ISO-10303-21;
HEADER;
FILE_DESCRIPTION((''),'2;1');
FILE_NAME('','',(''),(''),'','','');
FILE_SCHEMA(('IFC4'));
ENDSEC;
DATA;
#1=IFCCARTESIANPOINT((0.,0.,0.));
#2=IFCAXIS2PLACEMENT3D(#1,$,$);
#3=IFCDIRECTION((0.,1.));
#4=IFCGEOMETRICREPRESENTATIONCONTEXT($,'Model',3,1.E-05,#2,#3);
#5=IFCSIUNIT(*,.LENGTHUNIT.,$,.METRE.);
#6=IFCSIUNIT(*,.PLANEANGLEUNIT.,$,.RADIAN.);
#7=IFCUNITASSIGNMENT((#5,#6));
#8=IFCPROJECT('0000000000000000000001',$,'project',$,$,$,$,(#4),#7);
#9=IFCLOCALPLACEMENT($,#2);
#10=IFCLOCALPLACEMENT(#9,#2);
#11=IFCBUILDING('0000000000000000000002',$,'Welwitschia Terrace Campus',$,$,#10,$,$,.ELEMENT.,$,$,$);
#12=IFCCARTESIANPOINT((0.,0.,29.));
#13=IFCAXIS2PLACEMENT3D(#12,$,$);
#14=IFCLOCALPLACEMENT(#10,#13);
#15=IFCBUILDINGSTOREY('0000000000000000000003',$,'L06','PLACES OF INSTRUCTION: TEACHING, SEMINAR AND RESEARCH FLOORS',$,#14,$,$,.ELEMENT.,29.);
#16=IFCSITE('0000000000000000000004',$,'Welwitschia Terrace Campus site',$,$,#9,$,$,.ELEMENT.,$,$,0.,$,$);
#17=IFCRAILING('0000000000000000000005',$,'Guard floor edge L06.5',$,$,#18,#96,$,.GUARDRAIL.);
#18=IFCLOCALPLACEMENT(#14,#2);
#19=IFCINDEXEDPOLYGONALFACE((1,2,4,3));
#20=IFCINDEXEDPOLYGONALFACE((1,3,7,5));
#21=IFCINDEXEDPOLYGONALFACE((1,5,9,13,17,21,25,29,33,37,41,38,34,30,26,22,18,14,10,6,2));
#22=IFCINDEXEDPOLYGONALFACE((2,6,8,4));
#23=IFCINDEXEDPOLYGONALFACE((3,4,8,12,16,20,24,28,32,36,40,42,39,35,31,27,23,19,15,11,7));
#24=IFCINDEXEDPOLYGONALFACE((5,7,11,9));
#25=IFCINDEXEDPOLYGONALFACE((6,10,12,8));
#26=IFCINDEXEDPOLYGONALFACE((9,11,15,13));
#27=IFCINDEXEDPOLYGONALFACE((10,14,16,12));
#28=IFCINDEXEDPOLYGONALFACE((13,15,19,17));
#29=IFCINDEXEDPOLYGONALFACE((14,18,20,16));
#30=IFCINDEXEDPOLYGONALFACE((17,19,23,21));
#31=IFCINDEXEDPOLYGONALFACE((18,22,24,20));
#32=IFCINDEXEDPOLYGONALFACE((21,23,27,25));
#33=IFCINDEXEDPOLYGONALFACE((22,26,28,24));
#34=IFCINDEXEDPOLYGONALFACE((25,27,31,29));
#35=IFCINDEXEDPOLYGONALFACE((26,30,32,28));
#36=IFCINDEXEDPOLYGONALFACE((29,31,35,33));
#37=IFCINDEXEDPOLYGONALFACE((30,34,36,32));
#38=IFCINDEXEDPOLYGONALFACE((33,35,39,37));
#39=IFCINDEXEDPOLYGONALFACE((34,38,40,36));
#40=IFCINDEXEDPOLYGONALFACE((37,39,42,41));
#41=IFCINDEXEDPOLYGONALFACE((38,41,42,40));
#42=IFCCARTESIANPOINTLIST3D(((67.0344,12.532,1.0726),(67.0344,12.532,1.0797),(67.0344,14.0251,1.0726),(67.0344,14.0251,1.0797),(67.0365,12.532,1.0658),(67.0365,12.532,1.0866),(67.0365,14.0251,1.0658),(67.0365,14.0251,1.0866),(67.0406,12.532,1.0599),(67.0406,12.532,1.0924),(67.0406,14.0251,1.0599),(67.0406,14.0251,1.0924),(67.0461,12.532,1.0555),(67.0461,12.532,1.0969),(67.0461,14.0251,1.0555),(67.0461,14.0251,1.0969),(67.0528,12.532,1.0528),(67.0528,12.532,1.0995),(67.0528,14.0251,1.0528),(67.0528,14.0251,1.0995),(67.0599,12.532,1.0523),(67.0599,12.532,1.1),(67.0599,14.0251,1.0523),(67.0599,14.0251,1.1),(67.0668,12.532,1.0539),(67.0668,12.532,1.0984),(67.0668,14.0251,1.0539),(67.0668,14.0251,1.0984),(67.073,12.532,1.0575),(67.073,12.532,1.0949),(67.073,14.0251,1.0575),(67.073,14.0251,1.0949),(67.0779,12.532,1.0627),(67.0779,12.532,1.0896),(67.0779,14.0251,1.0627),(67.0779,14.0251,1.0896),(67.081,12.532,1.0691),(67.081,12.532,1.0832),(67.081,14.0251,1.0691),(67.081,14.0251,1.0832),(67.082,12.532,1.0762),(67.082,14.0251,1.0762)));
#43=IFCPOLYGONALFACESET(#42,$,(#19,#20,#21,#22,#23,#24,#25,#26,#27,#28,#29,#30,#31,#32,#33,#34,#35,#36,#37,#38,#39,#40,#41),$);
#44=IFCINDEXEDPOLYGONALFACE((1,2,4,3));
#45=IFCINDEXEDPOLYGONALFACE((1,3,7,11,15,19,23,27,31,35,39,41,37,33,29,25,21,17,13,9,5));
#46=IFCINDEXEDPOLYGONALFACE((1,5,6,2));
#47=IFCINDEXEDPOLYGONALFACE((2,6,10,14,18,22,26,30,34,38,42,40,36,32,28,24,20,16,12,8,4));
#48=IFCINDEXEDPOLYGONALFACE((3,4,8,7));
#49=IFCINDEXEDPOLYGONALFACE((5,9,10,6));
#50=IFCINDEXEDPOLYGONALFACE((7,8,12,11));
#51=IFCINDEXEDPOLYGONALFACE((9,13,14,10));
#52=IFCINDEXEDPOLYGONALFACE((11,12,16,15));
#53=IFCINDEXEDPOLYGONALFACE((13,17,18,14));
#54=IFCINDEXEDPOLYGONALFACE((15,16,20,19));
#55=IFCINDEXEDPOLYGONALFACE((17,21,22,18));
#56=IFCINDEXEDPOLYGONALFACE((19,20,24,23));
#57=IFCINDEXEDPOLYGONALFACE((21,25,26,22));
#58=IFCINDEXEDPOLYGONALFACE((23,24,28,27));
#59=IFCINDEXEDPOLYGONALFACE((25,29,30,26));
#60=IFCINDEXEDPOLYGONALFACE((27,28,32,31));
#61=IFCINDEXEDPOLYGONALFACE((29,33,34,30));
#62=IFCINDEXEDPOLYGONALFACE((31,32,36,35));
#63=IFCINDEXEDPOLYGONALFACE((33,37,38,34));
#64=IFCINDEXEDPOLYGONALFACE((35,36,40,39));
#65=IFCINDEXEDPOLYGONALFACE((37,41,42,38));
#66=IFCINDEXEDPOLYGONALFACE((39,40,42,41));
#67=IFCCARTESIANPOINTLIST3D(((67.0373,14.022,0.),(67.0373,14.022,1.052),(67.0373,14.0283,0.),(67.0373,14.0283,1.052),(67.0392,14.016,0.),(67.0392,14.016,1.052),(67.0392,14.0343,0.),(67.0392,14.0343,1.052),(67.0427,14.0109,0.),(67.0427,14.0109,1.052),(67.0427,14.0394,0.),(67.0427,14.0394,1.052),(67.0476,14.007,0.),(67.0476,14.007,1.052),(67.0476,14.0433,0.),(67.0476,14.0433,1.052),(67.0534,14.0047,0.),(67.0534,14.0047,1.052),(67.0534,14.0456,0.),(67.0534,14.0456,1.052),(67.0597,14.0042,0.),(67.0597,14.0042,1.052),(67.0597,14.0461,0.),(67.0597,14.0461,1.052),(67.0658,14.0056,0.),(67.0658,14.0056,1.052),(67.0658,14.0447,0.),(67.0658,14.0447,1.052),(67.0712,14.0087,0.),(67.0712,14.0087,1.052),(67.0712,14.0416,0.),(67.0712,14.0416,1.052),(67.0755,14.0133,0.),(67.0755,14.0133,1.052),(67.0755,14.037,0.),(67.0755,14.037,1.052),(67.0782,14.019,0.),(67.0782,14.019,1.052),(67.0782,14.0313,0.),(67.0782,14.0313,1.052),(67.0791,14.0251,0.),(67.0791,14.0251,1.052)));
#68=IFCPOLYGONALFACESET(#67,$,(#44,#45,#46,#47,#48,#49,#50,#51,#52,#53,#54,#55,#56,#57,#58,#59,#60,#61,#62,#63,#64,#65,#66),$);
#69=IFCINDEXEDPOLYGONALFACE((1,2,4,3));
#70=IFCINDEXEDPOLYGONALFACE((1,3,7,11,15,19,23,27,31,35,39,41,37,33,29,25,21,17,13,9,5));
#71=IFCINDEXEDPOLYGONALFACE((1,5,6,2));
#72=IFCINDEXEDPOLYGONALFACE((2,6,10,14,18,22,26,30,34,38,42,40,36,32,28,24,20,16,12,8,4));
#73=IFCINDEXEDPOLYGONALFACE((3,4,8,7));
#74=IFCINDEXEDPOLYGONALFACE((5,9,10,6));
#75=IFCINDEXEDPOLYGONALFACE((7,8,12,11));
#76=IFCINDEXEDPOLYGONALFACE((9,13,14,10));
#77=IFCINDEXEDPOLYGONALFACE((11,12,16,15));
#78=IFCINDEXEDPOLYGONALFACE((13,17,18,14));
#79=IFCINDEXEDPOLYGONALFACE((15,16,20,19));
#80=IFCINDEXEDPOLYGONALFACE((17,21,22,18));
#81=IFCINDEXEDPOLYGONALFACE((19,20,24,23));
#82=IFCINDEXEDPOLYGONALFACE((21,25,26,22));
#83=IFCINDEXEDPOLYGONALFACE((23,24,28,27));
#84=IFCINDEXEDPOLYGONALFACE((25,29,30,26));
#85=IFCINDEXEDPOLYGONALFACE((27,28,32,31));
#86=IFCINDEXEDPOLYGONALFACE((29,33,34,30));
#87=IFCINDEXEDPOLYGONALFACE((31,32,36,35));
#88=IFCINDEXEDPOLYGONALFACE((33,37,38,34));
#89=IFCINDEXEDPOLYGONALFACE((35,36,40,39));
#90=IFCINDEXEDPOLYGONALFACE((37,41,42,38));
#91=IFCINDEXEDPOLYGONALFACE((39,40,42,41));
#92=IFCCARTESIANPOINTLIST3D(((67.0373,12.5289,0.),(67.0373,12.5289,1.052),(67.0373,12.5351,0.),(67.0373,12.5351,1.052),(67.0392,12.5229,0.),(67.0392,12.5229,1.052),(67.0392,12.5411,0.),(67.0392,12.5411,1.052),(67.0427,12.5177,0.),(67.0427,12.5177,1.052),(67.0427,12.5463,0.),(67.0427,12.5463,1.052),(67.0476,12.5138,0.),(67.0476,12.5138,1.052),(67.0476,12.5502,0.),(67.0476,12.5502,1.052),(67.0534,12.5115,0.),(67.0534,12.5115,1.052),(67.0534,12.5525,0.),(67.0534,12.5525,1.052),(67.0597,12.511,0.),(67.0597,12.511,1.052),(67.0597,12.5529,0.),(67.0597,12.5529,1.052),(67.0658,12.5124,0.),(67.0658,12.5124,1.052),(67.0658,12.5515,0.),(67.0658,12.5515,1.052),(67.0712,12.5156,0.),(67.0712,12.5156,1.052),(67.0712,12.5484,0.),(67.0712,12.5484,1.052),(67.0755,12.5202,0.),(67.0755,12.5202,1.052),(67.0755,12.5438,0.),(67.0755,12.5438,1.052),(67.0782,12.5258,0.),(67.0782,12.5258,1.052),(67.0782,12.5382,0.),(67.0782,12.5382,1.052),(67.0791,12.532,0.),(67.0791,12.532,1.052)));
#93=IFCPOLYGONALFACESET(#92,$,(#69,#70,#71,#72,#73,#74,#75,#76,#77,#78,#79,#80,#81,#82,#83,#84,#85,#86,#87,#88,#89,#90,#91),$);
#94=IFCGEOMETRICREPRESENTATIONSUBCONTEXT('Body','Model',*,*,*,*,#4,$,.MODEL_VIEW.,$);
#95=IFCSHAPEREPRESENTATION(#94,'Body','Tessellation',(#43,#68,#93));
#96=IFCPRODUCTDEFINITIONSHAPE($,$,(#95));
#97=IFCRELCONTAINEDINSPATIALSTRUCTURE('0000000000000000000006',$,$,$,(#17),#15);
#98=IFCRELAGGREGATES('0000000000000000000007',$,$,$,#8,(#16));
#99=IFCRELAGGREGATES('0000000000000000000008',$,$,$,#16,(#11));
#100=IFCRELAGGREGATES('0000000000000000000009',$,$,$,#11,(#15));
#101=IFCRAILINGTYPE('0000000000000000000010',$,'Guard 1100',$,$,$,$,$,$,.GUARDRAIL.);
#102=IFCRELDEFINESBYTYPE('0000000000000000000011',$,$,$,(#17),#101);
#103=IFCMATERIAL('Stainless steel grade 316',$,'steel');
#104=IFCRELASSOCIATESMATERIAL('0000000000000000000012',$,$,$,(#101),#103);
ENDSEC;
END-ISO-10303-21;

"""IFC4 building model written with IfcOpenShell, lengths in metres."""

from ifc_helpers import new_model, si_unit, direction, frame, origin, origin_2d, place, context, subcontext, project, spatial, circle, extrude, material, type_object, element, save


model = new_model("IFC4")

# Units and contexts
model_context = context("Model", 3, precision=1e-05, world=origin(), true_north=direction((0.0, 1.0)))
body_context = subcontext(model_context, "Body", "Model", "MODEL_VIEW")
ifc_project = project(units=[si_unit("LENGTHUNIT", "METRE"), si_unit("PLANEANGLEUNIT", "RADIAN")], contexts=[model_context])

# Site, building, storey
site_placement = place(None, origin())
site = spatial("IfcSite", under=ifc_project, at=site_placement, Name="Welwitschia Terrace Campus site", CompositionType="ELEMENT", RefElevation=0.0)
building_placement = place(site_placement, origin())
building = spatial("IfcBuilding", under=site, at=building_placement, Name="Welwitschia Terrace Campus", CompositionType="ELEMENT")
storey_placement = place(building_placement, frame((0.0, 0.0, 29.0)))
storey = spatial("IfcBuildingStorey", under=building, at=storey_placement, Name="L06", Description="PLACES OF INSTRUCTION: TEACHING, SEMINAR AND RESEARCH FLOORS", CompositionType="ELEMENT", Elevation=29.0)

# Railing
ifc_material_1 = material(Name="Stainless steel grade 316", Category="steel")
railing_type = type_object("IfcRailingType", Name="Guard 1100", PredefinedType="GUARDRAIL", material=ifc_material_1)
railing_1_placement = place(storey_placement, frame((67.0581, 14.0251, 0.0)))
element("IfcRailing", 1, at=railing_1_placement, inside=storey, type_object=railing_type, Name="Guard floor edge L06.5", PredefinedType="GUARDRAIL", context=body_context, shape_type="SweptSolid", body=[
    extrude(circle(Radius=0.0239, at=origin_2d()), frame((0.0, 0.0, 1.0762), z_axis=(0.0, -1.0, 0.0), x_axis=(1.0, 0.0, 0.0)), (0.0, 0.0, 1.0), 1.4932),
    extrude(circle(Radius=0.021, at=origin_2d()), origin(), (0.0, 0.0, 1.0), 1.052),
    extrude(circle(Radius=0.021, at=origin_2d()), frame((0.0, -1.4932, 0.0)), (0.0, 0.0, 1.0), 1.052),
])

save(model, "model.ifc")
